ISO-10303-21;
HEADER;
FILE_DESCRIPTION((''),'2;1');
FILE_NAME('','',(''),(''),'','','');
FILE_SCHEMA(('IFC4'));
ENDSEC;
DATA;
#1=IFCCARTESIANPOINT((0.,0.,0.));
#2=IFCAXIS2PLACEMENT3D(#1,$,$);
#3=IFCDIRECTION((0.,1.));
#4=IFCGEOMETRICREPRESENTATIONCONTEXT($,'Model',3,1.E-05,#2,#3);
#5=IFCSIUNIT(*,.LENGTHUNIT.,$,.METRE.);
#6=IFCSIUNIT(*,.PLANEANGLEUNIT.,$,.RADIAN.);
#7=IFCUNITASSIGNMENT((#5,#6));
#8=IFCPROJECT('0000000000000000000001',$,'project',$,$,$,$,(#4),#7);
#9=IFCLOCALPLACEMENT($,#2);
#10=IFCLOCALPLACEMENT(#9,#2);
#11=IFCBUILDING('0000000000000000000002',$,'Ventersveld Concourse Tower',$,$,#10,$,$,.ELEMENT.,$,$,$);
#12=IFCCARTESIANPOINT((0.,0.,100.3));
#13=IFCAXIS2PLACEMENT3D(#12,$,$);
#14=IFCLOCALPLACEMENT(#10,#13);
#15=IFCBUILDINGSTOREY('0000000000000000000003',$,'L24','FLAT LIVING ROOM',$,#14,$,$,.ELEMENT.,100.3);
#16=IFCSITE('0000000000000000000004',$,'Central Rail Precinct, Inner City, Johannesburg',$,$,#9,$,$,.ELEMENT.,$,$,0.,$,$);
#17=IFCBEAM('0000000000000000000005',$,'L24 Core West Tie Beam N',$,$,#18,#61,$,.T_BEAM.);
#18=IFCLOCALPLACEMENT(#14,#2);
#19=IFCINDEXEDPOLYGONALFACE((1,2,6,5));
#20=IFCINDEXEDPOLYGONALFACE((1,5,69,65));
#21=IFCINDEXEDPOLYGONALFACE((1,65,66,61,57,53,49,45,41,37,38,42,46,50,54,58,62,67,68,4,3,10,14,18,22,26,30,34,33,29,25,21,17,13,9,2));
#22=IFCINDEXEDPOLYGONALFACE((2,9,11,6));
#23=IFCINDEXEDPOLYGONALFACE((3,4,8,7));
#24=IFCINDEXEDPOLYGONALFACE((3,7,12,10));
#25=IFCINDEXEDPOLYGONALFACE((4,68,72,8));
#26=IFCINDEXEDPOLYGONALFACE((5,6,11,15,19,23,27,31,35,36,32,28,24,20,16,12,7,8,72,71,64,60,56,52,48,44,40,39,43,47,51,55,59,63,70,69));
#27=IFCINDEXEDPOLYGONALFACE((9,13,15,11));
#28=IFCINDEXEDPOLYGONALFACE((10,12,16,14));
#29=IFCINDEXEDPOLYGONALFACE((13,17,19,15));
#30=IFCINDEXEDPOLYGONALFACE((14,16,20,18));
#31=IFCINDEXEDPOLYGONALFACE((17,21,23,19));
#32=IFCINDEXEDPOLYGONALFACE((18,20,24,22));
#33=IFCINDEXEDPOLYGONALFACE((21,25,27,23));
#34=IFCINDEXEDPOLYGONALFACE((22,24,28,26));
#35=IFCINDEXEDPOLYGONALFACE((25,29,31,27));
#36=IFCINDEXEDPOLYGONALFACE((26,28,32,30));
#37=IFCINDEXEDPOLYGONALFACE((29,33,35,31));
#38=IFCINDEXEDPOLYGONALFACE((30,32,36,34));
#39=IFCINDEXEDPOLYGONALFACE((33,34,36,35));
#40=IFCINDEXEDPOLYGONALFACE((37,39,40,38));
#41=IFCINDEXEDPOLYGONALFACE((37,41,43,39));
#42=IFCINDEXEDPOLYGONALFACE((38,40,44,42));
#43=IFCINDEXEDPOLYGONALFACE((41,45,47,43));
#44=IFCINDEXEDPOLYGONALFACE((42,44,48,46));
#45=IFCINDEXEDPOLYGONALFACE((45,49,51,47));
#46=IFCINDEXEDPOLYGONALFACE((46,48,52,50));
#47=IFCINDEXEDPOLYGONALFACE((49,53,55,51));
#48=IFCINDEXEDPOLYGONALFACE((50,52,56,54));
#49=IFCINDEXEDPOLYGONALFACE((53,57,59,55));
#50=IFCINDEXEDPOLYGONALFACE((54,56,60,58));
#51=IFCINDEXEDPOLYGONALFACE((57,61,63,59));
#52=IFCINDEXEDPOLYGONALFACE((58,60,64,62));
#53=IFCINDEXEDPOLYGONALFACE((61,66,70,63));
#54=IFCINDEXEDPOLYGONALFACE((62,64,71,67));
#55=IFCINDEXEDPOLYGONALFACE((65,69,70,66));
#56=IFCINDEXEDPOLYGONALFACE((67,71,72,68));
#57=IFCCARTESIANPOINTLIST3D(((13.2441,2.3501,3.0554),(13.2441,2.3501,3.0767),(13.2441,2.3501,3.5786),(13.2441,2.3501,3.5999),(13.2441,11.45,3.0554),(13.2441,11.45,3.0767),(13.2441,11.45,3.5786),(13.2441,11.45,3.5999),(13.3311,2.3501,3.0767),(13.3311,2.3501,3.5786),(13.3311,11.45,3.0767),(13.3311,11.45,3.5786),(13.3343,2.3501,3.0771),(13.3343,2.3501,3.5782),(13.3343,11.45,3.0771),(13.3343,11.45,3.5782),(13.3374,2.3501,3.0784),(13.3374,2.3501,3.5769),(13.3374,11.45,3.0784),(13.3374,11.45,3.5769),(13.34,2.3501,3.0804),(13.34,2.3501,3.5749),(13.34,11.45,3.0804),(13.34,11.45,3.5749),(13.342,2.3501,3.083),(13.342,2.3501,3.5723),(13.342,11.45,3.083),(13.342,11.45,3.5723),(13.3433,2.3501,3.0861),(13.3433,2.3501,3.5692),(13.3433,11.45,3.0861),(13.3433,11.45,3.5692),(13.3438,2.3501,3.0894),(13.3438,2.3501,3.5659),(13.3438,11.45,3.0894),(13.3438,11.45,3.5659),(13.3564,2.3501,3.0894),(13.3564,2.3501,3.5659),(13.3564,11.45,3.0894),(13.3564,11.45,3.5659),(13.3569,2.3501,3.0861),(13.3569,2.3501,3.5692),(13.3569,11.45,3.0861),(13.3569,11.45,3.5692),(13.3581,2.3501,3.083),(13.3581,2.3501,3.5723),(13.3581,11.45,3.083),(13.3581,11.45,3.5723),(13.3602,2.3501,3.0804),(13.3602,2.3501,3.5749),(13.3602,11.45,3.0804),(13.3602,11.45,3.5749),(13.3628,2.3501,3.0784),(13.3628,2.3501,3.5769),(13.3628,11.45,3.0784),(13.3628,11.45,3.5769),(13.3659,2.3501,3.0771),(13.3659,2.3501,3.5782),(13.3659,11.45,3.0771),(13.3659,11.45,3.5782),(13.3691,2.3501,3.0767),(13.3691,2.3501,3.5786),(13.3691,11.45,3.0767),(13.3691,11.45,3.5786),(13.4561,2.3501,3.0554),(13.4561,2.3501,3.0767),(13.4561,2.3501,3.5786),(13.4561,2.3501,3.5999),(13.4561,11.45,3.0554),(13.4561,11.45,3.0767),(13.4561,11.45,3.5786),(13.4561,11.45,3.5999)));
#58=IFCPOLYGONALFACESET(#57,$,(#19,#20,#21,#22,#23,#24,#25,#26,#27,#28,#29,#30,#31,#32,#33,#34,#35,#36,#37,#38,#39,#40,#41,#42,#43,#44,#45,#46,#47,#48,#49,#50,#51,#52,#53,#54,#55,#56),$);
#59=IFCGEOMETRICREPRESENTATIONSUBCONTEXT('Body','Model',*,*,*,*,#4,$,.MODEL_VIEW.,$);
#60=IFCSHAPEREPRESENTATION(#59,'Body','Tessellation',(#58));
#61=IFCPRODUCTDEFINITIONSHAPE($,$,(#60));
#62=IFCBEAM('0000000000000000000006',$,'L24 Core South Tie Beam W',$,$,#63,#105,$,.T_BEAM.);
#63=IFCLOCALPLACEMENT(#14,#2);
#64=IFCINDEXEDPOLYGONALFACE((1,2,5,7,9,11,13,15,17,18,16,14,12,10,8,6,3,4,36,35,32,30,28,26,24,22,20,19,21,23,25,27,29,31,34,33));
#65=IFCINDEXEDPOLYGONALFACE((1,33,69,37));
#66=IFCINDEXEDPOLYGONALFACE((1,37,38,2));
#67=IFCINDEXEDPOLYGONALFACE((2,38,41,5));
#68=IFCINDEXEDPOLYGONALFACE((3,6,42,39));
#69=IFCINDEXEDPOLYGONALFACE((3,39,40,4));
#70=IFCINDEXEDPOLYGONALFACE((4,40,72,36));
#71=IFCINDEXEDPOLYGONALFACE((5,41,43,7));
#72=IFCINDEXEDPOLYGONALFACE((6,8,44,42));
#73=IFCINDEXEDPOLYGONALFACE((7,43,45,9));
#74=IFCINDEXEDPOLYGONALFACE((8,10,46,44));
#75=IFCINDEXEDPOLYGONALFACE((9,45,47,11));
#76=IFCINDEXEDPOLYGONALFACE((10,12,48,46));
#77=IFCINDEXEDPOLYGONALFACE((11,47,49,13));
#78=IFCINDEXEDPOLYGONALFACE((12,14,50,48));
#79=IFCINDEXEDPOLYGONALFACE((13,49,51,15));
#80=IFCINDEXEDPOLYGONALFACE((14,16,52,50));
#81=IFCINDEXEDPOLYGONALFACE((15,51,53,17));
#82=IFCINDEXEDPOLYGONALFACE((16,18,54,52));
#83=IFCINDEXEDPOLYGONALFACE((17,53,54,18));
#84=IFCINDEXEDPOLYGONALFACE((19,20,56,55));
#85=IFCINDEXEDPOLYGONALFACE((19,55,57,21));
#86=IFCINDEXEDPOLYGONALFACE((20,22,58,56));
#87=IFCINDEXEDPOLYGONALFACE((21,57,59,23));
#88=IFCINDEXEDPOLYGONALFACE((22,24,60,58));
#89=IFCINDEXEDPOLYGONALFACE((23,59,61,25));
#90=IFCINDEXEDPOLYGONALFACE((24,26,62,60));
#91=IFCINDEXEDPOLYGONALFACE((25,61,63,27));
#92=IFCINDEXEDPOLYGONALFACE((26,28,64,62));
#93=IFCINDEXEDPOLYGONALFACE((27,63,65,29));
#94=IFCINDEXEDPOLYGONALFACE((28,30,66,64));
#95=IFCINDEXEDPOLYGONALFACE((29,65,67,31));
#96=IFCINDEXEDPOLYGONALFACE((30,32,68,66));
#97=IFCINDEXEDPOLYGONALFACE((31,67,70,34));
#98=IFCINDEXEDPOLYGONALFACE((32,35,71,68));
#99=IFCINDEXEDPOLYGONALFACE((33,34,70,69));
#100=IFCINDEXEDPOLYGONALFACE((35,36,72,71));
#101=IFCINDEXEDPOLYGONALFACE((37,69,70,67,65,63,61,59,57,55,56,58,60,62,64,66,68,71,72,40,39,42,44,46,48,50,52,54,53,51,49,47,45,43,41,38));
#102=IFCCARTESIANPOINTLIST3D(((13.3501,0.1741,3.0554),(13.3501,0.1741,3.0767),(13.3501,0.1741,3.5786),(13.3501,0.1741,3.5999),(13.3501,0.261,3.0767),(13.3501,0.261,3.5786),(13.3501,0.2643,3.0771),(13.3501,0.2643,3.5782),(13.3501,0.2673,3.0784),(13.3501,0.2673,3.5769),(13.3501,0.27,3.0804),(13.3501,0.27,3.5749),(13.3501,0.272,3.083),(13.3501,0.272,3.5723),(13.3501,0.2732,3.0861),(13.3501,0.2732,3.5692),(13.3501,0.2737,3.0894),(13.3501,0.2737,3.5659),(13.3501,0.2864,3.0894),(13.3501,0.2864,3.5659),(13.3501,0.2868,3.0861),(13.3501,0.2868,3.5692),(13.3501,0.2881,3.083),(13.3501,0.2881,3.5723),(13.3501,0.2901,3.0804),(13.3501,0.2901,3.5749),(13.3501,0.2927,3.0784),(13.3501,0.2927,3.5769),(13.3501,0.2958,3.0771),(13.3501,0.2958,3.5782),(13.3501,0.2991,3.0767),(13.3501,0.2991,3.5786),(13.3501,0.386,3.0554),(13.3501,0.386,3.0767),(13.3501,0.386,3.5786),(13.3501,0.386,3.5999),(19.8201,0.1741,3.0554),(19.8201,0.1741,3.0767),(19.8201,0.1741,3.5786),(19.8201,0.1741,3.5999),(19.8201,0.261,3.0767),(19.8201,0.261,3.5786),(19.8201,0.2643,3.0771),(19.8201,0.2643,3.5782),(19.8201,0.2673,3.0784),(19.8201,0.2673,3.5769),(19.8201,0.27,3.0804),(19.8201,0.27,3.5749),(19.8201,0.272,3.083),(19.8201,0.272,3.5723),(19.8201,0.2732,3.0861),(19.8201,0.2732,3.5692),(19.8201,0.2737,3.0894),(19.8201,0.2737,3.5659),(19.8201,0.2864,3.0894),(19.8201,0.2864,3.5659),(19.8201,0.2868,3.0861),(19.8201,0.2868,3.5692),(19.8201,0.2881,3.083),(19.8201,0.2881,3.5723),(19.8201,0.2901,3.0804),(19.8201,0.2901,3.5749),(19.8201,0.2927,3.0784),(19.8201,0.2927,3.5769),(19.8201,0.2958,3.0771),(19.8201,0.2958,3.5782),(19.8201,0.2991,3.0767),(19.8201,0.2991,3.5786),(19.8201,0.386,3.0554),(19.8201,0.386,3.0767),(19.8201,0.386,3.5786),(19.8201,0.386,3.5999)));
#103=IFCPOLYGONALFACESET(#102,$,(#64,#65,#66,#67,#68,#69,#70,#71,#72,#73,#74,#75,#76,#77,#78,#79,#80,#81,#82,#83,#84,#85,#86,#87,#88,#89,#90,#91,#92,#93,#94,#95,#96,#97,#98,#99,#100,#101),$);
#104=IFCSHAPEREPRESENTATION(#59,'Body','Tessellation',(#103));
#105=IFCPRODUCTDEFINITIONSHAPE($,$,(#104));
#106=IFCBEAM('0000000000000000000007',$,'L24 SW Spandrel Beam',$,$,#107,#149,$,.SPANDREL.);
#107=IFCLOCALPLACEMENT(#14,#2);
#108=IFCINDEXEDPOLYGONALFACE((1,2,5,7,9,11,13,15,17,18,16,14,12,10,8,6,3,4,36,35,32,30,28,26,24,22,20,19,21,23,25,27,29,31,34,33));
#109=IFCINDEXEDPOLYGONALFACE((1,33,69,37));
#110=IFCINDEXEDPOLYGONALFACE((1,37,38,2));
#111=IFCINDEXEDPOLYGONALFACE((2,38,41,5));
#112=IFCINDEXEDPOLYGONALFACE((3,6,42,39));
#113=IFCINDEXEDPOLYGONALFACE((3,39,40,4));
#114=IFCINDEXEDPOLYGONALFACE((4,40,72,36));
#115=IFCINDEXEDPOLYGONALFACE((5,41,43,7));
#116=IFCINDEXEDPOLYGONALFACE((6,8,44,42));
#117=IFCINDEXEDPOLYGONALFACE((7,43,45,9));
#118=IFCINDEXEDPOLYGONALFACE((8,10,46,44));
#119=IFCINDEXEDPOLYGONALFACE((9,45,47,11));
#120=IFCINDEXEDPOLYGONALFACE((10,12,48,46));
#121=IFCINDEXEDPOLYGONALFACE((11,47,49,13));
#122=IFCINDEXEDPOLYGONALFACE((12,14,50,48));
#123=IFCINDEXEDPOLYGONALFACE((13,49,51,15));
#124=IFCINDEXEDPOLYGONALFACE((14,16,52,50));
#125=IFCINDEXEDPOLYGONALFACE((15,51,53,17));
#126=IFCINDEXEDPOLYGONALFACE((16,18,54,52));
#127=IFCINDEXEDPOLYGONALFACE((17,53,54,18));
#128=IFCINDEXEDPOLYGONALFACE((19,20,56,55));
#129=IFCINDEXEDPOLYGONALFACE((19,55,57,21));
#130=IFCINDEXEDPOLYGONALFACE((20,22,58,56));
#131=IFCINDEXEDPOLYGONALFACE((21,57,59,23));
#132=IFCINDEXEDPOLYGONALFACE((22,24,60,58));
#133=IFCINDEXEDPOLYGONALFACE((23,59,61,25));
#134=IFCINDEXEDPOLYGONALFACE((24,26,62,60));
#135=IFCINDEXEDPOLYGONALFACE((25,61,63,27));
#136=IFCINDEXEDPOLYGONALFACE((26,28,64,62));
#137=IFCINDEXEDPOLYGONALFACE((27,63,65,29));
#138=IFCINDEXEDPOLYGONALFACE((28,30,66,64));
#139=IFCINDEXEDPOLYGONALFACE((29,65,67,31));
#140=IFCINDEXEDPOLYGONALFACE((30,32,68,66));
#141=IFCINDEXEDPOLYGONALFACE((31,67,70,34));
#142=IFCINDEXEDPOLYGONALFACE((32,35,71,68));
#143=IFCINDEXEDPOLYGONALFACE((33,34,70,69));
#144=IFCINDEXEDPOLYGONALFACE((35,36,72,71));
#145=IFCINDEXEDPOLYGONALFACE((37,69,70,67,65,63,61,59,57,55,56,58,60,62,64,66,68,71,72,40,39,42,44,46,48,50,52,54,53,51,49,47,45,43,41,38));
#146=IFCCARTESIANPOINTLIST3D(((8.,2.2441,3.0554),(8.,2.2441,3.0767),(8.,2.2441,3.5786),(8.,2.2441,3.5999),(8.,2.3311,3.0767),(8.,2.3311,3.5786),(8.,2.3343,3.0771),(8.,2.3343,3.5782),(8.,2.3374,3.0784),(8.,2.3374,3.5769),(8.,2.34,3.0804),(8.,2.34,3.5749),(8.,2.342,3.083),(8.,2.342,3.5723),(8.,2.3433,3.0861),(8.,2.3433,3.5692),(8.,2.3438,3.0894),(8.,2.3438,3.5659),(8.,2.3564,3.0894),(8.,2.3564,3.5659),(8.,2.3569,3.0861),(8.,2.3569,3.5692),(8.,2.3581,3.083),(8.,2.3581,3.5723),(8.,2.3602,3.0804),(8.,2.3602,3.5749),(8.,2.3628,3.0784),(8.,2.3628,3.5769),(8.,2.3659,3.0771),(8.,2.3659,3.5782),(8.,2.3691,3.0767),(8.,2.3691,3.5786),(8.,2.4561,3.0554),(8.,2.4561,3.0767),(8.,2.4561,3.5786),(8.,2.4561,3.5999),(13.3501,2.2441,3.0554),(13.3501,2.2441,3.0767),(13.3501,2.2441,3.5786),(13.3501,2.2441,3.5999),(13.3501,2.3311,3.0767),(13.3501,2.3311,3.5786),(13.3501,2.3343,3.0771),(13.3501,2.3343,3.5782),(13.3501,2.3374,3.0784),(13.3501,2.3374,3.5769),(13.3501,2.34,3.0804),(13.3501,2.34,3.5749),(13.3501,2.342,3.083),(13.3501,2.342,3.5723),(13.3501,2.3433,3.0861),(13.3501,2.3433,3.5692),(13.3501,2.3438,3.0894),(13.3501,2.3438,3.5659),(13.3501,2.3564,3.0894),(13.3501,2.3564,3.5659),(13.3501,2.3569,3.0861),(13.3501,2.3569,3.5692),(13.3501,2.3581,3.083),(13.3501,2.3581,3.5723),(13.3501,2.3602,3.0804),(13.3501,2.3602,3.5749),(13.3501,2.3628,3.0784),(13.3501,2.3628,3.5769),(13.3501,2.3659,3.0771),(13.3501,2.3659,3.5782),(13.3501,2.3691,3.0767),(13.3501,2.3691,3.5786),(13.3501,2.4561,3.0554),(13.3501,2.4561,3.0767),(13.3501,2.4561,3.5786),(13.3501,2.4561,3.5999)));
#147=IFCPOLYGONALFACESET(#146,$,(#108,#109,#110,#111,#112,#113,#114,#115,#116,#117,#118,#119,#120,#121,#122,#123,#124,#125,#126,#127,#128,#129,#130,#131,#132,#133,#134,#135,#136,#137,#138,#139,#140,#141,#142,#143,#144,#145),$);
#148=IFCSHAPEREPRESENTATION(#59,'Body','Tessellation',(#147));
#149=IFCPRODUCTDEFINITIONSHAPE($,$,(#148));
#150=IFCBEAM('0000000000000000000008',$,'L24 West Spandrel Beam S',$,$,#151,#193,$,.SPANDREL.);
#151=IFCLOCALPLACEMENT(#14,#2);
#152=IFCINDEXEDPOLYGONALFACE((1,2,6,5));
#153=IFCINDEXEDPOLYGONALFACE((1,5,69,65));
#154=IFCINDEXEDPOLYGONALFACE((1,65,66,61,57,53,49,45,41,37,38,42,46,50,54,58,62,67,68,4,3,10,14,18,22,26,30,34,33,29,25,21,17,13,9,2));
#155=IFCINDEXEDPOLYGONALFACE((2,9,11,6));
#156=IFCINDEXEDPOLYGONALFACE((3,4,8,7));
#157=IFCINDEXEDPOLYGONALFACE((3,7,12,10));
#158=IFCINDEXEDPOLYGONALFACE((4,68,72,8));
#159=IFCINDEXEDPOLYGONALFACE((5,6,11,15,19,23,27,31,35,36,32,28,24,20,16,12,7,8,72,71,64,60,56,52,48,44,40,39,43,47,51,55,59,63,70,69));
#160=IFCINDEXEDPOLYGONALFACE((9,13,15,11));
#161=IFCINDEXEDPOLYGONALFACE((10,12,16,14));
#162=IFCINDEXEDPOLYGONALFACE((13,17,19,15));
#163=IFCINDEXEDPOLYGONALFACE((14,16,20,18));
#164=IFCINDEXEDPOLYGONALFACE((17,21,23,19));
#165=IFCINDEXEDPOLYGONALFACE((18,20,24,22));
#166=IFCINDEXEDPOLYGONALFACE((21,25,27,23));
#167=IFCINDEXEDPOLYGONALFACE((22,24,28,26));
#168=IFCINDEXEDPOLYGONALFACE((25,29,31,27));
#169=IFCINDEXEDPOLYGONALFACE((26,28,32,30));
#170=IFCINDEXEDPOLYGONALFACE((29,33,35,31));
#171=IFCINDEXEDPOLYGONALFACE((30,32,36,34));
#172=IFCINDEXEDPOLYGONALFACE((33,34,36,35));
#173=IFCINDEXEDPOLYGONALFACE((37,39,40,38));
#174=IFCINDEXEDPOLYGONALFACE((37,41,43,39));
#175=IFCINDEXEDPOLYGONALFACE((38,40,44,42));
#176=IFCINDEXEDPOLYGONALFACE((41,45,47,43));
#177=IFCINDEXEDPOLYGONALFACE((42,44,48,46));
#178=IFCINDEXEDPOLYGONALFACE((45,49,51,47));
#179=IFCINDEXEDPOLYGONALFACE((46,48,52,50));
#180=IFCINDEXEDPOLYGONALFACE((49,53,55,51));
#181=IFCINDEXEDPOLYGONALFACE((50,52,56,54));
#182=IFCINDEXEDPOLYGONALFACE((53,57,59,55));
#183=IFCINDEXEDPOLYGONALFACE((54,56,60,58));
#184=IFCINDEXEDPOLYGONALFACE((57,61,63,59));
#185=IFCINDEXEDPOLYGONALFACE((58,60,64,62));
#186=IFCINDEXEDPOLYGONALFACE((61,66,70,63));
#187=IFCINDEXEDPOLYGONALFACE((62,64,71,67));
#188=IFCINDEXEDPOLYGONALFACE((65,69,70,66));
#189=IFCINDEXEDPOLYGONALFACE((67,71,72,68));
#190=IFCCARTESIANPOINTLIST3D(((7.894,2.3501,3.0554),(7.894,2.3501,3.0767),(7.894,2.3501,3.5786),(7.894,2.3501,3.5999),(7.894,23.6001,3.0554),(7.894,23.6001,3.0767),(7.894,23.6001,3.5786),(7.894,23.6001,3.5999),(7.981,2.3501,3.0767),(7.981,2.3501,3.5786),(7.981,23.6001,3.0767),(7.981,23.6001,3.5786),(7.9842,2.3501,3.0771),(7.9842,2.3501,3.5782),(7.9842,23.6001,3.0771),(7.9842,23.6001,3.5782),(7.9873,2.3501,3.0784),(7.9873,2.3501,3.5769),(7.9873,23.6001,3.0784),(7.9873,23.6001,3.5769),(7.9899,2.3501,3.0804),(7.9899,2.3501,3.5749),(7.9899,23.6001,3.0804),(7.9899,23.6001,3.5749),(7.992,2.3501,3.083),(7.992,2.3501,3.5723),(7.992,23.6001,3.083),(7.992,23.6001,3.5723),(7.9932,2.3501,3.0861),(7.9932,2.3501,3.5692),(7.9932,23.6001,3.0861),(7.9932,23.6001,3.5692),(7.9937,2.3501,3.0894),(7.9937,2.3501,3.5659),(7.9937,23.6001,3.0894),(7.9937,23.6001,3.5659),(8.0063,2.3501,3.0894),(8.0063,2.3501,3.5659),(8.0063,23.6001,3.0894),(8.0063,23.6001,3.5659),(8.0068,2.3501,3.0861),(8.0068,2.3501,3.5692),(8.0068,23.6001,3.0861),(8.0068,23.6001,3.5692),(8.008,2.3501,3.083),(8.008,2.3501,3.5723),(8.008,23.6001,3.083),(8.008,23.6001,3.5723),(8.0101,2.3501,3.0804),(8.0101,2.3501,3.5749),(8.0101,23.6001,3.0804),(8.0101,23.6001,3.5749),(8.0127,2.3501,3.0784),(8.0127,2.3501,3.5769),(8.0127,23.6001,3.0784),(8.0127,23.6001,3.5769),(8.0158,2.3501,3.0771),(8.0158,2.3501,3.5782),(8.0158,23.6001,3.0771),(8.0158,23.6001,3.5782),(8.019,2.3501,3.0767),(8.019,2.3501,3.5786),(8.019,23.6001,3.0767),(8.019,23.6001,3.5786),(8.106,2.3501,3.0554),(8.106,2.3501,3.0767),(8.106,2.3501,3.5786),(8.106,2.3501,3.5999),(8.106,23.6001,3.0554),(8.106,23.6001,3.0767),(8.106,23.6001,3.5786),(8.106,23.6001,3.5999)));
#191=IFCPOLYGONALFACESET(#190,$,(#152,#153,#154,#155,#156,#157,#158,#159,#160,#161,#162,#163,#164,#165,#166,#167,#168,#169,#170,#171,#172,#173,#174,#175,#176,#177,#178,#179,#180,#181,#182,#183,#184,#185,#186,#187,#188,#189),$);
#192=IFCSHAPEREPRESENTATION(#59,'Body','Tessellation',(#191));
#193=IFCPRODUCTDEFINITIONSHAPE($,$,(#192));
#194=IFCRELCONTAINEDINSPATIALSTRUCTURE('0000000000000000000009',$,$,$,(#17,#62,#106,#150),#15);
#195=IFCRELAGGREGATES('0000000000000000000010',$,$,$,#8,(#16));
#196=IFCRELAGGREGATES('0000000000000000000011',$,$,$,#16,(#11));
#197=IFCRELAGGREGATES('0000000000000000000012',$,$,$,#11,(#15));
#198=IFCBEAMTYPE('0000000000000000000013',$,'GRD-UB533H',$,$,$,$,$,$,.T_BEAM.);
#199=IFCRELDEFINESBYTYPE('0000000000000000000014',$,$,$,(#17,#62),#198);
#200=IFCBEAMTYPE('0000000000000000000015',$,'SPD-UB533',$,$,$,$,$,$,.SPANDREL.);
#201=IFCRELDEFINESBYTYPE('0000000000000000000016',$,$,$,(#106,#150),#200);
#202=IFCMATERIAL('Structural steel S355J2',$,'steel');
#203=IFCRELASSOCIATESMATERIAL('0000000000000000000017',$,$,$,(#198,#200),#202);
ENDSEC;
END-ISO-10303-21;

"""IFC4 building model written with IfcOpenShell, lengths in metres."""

from ifc_helpers import new_model, si_unit, direction, frame, origin, origin_2d, place, context, subcontext, project, spatial, i_section, extrude, material, material_profile, profile_set, type_object, element, save


model = new_model("IFC4")

# Units and contexts
model_context = context("Model", 3, precision=1e-05, world=origin(), true_north=direction((0.0, 1.0)))
body_context = subcontext(model_context, "Body", "Model", "MODEL_VIEW")
ifc_project = project(units=[si_unit("LENGTHUNIT", "METRE"), si_unit("PLANEANGLEUNIT", "RADIAN")], contexts=[model_context])

# Site, building, storey
site_placement = place(None, origin())
site = spatial("IfcSite", under=ifc_project, at=site_placement, Name="Central Rail Precinct, Inner City, Johannesburg", CompositionType="ELEMENT", RefElevation=0.0)
building_placement = place(site_placement, origin())
building = spatial("IfcBuilding", under=site, at=building_placement, Name="Ventersveld Concourse Tower", CompositionType="ELEMENT")
storey_placement = place(building_placement, frame((0.0, 0.0, 100.3)))
storey = spatial("IfcBuildingStorey", under=building, at=storey_placement, Name="L24", Description="FLAT LIVING ROOM", CompositionType="ELEMENT", Elevation=100.3)

# Beams
ifc_material_1 = material(Name="Structural steel S355J2", Category="steel")
ifc_material_profile_1 = material_profile(ifc_material_1, i_section(OverallWidth=0.2119, OverallDepth=0.5444, WebThickness=0.0127, FlangeThickness=0.0212, FilletRadius=0.0127, at=origin_2d()), Name="UB 533x210x122")
ifc_profile_set_1 = profile_set([ifc_material_profile_1], Name="Structural steel S355J2")
beam_type_1 = type_object("IfcBeamType", Name="GRD-UB533H", PredefinedType="T_BEAM", material=ifc_profile_set_1)
beam_1_placement = place(storey_placement, frame((13.3501, 2.3501, 3.3276), z_axis=(0.0, 1.0, 0.0), x_axis=(-1.0, 0.0, 0.0)))
element("IfcBeam", 1, at=beam_1_placement, inside=storey, type_object=beam_type_1, Name="L24 Core West Tie Beam N", PredefinedType="T_BEAM", context=body_context, shape_type="SweptSolid", body=[
    extrude(i_section(OverallWidth=0.2119, OverallDepth=0.5444, WebThickness=0.0127, FlangeThickness=0.0212, FilletRadius=0.0127, at=origin_2d()), origin(), (0.0, 0.0, 1.0), 9.0999),
])
beam_2_placement = place(storey_placement, frame((13.3501, 0.28, 3.3276), z_axis=(1.0, 0.0, 0.0), x_axis=(0.0, 1.0, 0.0)))
element("IfcBeam", 2, at=beam_2_placement, inside=storey, type_object=beam_type_1, Name="L24 Core South Tie Beam W", PredefinedType="T_BEAM", context=body_context, shape_type="SweptSolid", body=[
    extrude(i_section(OverallWidth=0.2119, OverallDepth=0.5444, WebThickness=0.0127, FlangeThickness=0.0212, FilletRadius=0.0127, at=origin_2d()), origin(), (0.0, 0.0, 1.0), 6.47),
])
ifc_material_profile_2 = material_profile(ifc_material_1, i_section(OverallWidth=0.2119, OverallDepth=0.5444, WebThickness=0.0127, FlangeThickness=0.0212, FilletRadius=0.0127, at=origin_2d()), Name="UB 533x210x122")
ifc_profile_set_2 = profile_set([ifc_material_profile_2], Name="Structural steel S355J2")
beam_type_2 = type_object("IfcBeamType", Name="SPD-UB533", PredefinedType="SPANDREL", material=ifc_profile_set_2)
beam_3_placement = place(storey_placement, frame((8.0, 2.3501, 3.3276), z_axis=(1.0, 0.0, 0.0), x_axis=(0.0, 1.0, 0.0)))
element("IfcBeam", 3, at=beam_3_placement, inside=storey, type_object=beam_type_2, Name="L24 SW Spandrel Beam", PredefinedType="SPANDREL", context=body_context, shape_type="SweptSolid", body=[
    extrude(i_section(OverallWidth=0.2119, OverallDepth=0.5444, WebThickness=0.0127, FlangeThickness=0.0212, FilletRadius=0.0127, at=origin_2d()), origin(), (0.0, 0.0, 1.0), 5.3501),
])
beam_4_placement = place(storey_placement, frame((8.0, 2.3501, 3.3276), z_axis=(0.0, 1.0, 0.0), x_axis=(-1.0, 0.0, 0.0)))
element("IfcBeam", 4, at=beam_4_placement, inside=storey, type_object=beam_type_2, Name="L24 West Spandrel Beam S", PredefinedType="SPANDREL", context=body_context, shape_type="SweptSolid", body=[
    extrude(i_section(OverallWidth=0.2119, OverallDepth=0.5444, WebThickness=0.0127, FlangeThickness=0.0212, FilletRadius=0.0127, at=origin_2d()), origin(), (0.0, 0.0, 1.0), 21.25),
])

save(model, "model.ifc")
